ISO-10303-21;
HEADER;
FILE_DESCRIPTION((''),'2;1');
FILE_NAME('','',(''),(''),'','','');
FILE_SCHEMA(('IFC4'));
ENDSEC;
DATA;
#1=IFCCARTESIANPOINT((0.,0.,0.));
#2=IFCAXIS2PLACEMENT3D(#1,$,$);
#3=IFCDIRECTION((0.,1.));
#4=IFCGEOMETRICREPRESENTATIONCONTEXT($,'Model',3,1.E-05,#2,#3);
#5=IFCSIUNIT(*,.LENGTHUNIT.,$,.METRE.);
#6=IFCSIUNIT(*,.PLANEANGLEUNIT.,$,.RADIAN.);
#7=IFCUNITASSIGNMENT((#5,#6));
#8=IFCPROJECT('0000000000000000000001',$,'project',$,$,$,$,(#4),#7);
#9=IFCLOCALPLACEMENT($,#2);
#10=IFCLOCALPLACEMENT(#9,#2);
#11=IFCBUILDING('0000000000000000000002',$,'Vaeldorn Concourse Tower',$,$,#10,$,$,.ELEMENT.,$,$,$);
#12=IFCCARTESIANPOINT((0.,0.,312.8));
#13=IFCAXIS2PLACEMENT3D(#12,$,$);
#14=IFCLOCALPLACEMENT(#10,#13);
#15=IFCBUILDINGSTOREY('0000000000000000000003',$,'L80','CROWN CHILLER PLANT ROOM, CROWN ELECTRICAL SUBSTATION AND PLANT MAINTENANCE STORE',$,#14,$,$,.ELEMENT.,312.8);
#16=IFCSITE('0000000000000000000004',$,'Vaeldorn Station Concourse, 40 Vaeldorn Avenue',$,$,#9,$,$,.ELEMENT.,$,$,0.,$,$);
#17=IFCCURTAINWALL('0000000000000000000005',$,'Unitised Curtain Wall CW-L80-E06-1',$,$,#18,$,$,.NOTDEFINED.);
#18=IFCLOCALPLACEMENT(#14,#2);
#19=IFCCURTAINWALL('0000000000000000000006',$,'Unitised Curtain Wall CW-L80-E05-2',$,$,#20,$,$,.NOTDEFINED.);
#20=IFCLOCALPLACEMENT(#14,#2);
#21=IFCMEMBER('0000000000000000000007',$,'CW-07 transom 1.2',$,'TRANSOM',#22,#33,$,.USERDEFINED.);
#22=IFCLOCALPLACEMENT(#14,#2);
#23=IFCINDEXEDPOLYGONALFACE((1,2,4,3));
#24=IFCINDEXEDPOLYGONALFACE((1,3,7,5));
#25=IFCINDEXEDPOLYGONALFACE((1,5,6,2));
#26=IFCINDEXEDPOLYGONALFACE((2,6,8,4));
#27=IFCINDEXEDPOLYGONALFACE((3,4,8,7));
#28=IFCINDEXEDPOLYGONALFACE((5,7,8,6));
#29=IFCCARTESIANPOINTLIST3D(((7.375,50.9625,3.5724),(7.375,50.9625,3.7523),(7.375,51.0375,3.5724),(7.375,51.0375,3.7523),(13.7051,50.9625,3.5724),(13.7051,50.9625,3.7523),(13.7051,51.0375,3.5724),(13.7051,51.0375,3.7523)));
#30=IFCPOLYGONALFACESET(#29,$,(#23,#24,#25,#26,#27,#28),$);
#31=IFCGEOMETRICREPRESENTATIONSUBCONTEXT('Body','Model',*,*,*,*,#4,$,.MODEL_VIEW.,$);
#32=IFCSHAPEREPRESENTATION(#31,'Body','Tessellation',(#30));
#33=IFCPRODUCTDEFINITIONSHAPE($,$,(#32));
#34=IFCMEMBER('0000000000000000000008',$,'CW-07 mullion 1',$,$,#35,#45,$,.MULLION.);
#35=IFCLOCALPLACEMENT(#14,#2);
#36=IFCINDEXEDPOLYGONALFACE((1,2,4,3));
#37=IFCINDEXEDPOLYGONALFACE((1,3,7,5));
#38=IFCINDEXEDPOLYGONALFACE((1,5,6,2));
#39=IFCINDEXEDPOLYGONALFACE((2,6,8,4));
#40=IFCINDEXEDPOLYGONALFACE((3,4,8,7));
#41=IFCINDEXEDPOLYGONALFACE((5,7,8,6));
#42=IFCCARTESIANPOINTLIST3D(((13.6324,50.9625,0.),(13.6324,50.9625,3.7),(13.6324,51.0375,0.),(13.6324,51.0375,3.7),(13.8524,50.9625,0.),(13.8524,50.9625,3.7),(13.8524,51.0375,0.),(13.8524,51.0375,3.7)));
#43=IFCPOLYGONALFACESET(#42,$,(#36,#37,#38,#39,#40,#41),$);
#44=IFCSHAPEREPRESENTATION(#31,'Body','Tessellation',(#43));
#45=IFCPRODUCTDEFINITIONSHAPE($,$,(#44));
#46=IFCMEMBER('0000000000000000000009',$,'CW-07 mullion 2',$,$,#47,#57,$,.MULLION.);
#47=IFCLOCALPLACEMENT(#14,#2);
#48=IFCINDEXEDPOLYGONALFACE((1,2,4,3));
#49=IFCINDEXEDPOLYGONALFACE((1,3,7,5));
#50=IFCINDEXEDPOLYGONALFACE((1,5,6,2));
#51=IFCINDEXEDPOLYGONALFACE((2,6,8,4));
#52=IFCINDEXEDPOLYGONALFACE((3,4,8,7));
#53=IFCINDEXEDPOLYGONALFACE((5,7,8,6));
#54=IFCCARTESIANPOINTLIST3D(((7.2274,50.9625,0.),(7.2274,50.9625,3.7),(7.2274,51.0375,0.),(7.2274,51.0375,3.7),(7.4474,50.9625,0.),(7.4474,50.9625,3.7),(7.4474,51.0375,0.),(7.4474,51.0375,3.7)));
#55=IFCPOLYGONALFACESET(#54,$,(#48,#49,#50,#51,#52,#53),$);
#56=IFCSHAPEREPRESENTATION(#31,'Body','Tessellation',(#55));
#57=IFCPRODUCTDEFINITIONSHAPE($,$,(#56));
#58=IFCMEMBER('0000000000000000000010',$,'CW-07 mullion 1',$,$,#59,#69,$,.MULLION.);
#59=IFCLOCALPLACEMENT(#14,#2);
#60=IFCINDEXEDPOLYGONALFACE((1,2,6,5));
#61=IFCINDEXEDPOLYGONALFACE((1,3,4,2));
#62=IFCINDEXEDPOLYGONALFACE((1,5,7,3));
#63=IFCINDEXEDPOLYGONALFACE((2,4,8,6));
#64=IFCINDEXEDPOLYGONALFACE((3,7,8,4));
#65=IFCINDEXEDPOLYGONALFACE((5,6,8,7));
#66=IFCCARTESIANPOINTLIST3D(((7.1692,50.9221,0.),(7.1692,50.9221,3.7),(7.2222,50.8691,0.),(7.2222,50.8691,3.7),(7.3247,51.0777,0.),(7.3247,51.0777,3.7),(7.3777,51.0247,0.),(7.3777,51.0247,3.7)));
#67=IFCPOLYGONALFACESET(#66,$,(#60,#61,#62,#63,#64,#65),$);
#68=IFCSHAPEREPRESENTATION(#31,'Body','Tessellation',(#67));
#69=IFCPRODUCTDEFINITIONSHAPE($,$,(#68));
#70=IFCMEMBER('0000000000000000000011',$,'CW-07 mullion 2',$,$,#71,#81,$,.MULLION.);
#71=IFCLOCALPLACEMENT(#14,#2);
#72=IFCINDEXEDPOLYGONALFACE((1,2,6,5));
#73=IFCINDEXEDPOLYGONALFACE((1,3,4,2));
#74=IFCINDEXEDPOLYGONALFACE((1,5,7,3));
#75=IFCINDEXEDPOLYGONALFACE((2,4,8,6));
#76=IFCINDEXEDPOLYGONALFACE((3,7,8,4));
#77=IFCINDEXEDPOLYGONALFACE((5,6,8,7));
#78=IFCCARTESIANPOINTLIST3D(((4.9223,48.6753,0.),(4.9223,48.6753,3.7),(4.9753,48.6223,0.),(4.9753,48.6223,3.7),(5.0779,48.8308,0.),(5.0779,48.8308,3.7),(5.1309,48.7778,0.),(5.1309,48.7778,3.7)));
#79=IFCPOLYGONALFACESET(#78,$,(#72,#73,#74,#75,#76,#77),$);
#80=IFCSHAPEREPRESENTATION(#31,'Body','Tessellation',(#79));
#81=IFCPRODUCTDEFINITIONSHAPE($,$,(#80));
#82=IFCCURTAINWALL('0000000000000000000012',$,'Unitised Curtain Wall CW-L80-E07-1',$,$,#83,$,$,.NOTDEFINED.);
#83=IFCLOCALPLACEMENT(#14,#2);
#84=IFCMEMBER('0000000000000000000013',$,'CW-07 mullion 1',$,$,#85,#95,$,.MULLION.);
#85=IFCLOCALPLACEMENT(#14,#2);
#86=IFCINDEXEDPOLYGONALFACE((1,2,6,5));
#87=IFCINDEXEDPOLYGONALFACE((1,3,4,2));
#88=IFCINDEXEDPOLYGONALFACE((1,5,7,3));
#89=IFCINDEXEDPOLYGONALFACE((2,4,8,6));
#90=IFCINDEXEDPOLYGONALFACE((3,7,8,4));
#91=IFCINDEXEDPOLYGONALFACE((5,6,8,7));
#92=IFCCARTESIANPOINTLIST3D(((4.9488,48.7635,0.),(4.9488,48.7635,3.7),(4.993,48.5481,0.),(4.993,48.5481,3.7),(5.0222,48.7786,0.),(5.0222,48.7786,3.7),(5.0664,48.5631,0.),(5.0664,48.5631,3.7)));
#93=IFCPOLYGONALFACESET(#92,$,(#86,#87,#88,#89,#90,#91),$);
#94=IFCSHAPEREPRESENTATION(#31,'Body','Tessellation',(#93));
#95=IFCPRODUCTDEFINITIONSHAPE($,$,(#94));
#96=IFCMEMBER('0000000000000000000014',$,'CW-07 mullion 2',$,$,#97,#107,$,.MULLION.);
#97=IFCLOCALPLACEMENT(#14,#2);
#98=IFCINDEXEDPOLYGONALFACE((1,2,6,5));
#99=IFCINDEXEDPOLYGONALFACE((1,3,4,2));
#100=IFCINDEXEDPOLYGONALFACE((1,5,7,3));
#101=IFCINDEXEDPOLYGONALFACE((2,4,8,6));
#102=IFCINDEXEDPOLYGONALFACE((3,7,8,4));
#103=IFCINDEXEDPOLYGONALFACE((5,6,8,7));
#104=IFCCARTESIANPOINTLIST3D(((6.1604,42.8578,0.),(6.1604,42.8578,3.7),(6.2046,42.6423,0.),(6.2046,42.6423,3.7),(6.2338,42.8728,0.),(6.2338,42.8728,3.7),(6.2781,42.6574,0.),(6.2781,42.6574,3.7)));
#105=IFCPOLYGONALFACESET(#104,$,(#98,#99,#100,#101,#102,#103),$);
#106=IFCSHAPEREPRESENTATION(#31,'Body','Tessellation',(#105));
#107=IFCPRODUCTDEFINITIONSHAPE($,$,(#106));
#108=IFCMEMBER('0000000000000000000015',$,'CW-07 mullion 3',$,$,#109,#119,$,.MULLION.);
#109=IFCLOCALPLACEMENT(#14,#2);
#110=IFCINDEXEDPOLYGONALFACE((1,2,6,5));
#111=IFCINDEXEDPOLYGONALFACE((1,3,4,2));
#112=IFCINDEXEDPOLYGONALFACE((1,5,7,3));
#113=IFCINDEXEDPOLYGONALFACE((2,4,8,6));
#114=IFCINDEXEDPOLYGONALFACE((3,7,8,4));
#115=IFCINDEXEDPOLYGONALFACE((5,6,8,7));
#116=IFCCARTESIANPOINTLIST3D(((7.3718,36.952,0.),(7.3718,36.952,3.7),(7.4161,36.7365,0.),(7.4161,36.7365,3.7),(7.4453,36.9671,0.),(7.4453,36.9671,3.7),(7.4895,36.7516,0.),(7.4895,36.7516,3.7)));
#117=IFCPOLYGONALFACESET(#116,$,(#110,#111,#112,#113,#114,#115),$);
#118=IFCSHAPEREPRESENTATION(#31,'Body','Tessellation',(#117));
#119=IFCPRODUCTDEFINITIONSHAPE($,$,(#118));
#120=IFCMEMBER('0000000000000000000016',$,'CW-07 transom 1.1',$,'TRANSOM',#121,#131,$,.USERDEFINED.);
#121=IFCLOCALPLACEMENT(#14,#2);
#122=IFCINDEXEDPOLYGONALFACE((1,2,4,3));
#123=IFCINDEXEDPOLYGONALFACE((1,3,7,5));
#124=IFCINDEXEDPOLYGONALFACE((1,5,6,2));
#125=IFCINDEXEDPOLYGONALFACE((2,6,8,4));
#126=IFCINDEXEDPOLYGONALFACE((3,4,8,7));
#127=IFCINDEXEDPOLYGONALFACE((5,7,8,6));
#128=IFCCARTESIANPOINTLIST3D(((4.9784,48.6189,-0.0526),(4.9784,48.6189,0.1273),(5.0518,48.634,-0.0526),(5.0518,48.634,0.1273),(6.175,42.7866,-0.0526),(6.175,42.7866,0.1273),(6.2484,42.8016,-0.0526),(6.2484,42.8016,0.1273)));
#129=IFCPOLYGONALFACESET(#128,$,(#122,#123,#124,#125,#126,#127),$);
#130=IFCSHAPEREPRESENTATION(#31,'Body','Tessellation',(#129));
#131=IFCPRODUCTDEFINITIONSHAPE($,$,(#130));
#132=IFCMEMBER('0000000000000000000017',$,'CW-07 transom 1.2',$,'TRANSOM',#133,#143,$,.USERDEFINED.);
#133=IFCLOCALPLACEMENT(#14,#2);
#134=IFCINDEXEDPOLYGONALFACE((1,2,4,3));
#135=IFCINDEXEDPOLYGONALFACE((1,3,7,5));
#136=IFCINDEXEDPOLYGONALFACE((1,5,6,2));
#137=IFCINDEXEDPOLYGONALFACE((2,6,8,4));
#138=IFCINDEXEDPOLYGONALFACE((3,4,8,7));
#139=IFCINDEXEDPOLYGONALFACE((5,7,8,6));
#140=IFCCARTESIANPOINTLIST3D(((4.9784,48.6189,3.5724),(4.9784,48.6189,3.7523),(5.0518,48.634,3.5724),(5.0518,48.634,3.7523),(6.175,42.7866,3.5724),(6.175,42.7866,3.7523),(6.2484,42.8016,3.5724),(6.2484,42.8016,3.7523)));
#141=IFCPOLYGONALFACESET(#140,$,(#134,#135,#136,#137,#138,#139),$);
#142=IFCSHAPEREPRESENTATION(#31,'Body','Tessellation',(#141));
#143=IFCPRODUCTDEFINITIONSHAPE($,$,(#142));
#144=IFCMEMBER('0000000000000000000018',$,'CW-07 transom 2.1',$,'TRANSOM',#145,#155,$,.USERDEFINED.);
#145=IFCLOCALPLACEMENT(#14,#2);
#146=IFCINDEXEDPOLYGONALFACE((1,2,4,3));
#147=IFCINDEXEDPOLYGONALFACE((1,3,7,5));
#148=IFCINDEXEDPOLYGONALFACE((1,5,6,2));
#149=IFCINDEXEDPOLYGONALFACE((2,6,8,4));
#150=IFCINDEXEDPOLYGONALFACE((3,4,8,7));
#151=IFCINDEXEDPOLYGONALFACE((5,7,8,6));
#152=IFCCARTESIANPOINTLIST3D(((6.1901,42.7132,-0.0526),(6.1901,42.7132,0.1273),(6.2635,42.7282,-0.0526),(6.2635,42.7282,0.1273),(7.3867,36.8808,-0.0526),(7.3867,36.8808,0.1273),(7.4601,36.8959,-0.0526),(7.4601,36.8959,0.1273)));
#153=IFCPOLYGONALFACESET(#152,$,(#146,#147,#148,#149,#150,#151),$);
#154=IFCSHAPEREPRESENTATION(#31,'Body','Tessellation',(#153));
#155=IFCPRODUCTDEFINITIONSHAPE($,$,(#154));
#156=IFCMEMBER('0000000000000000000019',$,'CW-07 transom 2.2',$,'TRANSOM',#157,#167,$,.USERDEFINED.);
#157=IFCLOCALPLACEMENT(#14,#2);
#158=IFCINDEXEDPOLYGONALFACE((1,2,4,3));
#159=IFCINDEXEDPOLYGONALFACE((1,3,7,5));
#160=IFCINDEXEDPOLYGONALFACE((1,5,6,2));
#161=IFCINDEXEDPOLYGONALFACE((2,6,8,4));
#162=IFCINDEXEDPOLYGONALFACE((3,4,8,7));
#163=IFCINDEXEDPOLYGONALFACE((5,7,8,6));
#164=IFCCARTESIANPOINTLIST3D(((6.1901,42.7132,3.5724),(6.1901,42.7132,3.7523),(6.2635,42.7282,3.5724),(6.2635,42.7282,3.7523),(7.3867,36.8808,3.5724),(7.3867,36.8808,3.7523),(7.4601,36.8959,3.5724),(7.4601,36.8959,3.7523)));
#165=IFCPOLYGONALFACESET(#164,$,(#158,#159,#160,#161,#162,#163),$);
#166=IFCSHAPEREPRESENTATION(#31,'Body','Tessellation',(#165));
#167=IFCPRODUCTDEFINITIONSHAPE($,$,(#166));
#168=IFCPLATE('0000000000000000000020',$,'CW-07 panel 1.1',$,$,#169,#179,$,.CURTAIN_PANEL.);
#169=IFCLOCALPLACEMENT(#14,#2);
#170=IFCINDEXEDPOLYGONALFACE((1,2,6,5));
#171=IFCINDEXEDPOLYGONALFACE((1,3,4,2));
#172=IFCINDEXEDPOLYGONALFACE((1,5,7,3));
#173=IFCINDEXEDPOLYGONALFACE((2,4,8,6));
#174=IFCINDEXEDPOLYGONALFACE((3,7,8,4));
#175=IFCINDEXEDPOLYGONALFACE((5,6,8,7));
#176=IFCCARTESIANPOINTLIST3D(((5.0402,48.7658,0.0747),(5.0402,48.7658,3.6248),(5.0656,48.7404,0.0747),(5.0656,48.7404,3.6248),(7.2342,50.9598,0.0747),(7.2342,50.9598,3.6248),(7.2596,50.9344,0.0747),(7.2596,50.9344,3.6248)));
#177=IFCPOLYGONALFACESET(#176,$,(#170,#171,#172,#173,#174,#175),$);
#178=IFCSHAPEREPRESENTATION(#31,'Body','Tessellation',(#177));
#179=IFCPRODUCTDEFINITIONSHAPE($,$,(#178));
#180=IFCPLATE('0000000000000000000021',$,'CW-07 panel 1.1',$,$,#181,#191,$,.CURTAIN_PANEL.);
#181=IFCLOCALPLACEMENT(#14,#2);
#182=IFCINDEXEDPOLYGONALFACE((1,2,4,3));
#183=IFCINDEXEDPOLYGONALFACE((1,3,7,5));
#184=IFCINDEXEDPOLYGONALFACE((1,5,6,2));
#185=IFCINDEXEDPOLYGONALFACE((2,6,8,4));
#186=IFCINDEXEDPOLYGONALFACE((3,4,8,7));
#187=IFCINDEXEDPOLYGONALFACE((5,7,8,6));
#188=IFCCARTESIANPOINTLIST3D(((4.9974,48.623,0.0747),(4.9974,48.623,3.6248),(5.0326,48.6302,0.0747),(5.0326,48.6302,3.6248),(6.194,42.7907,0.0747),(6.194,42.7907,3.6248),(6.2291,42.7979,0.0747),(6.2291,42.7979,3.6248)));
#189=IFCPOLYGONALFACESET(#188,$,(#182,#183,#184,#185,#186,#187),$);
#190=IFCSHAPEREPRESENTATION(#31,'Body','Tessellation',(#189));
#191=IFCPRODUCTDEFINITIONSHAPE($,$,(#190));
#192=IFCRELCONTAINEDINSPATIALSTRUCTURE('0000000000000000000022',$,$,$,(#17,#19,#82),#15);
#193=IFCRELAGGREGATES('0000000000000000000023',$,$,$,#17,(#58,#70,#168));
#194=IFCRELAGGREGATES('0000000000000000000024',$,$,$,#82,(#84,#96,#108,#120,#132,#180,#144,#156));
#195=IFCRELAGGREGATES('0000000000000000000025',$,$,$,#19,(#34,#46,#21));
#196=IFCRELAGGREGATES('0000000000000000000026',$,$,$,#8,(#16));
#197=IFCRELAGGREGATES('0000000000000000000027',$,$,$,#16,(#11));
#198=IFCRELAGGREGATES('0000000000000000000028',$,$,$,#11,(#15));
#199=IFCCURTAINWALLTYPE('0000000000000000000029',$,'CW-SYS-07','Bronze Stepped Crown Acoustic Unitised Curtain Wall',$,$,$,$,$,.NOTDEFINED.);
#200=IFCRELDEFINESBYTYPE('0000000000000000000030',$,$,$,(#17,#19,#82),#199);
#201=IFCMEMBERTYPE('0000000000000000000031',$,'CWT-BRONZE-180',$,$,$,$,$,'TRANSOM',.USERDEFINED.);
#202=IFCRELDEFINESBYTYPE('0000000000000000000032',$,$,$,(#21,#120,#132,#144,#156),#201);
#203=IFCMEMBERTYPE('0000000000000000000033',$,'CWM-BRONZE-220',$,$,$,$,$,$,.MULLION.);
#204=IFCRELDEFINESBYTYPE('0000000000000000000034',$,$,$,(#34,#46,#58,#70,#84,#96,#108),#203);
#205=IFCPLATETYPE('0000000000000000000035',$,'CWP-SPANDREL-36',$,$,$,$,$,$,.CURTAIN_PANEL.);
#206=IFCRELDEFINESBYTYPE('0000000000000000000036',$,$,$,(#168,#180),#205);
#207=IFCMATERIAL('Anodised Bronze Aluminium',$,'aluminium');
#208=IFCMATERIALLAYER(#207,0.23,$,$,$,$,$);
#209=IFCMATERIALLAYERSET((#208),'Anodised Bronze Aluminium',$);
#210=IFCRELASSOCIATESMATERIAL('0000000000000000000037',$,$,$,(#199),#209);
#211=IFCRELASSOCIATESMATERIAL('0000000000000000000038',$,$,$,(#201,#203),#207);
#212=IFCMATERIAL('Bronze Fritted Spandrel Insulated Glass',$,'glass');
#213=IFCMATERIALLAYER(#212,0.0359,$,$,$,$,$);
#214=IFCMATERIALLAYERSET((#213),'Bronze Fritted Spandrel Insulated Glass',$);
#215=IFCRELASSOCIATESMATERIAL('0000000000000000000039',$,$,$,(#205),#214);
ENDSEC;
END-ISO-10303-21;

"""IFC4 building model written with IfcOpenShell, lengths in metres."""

from ifc_helpers import new_model, si_unit, direction, frame, origin, origin_2d, place, context, subcontext, project, spatial, rectangle, extrude, source, transform, mapped, material, layer, layer_set, material_profile, profile_set, type_object, element, aggregate, save


model = new_model("IFC4")

# Units and contexts
model_context = context("Model", 3, precision=1e-05, world=origin(), true_north=direction((0.0, 1.0)))
body_context = subcontext(model_context, "Body", "Model", "MODEL_VIEW")
ifc_project = project(units=[si_unit("LENGTHUNIT", "METRE"), si_unit("PLANEANGLEUNIT", "RADIAN")], contexts=[model_context])

# Site, building, storey
site_placement = place(None, origin())
site = spatial("IfcSite", under=ifc_project, at=site_placement, Name="Vaeldorn Station Concourse, 40 Vaeldorn Avenue", CompositionType="ELEMENT", RefElevation=0.0)
building_placement = place(site_placement, origin())
building = spatial("IfcBuilding", under=site, at=building_placement, Name="Vaeldorn Concourse Tower", CompositionType="ELEMENT")
storey_placement = place(building_placement, frame((0.0, 0.0, 312.8)))
storey = spatial("IfcBuildingStorey", under=building, at=storey_placement, Name="L80", Description="CROWN CHILLER PLANT ROOM, CROWN ELECTRICAL SUBSTATION AND PLANT MAINTENANCE STORE", CompositionType="ELEMENT", Elevation=312.8)

# Curtain walls, members
ifc_material_1 = material(Name="Anodised Bronze Aluminium", Category="aluminium")
ifc_layer_1 = layer(ifc_material_1, 0.23)
ifc_layer_set_1 = layer_set([ifc_layer_1], Name="Anodised Bronze Aluminium")
curtain_wall_type = type_object("IfcCurtainWallType", Name="CW-SYS-07", Description="Bronze Stepped Crown Acoustic Unitised Curtain Wall", PredefinedType="NOTDEFINED", material=ifc_layer_set_1)
curtain_wall_1_placement = place(storey_placement, origin())
curtain_wall_1 = element("IfcCurtainWall", 1, at=curtain_wall_1_placement, inside=storey, type_object=curtain_wall_type, Name="Unitised Curtain Wall CW-L80-E06-1", PredefinedType="NOTDEFINED")
ifc_material_profile_1 = material_profile(ifc_material_1, rectangle(XDim=0.075, YDim=0.1799, at=origin_2d()), Name="CWT 75x180")
ifc_profile_set_1 = profile_set([ifc_material_profile_1], Name="Anodised Bronze Aluminium")
member_type_1 = type_object("IfcMemberType", Name="CWT-BRONZE-180", ElementType="TRANSOM", PredefinedType="USERDEFINED", material=ifc_profile_set_1)
curtain_wall_2_placement = place(storey_placement, origin())
curtain_wall_2 = element("IfcCurtainWall", 2, at=curtain_wall_2_placement, inside=storey, type_object=curtain_wall_type, Name="Unitised Curtain Wall CW-L80-E05-2", PredefinedType="NOTDEFINED")
shared_shape_1 = source(origin(), body_context, "Body", "SweptSolid", [
    extrude(rectangle(XDim=0.075, YDim=0.1799, at=origin_2d()), origin(), (0.0, 0.0, 1.0), 6.3301),
])
member_1_placement = place(storey_placement, frame((13.7051, 51.0, 3.6624), z_axis=(-1.0, 0.0, 0.0), x_axis=(0.0, -1.0, 0.0)))
member_1 = element("IfcMember", 3, at=member_1_placement, type_object=member_type_1, Name="CW-07 transom 1.2", ObjectType="TRANSOM", PredefinedType="USERDEFINED", context=body_context, shape_type="MappedRepresentation", body=[
    mapped(shared_shape_1, transform((0.0, 0.0, 0.0), scale=1.0)),
])
ifc_material_profile_2 = material_profile(ifc_material_1, rectangle(XDim=0.075, YDim=0.22, at=origin_2d()), Name="CWM 75x220")
ifc_profile_set_2 = profile_set([ifc_material_profile_2], Name="Anodised Bronze Aluminium")
member_type_2 = type_object("IfcMemberType", Name="CWM-BRONZE-220", PredefinedType="MULLION", material=ifc_profile_set_2)
shared_shape_2 = source(origin(), body_context, "Body", "SweptSolid", [
    extrude(rectangle(XDim=0.075, YDim=0.22, at=origin_2d()), origin(), (0.0, 0.0, 1.0), 3.7),
])
member_2_placement = place(storey_placement, frame((13.7424, 51.0, 0.0), z_axis=(0.0, 0.0, 1.0), x_axis=(0.0, -1.0, 0.0)))
member_2 = element("IfcMember", 4, at=member_2_placement, type_object=member_type_2, Name="CW-07 mullion 1", PredefinedType="MULLION", context=body_context, shape_type="MappedRepresentation", body=[
    mapped(shared_shape_2, transform((0.0, 0.0, 0.0), scale=1.0)),
])
member_3_placement = place(storey_placement, frame((7.3374, 51.0, 0.0), z_axis=(0.0, 0.0, 1.0), x_axis=(0.0, -1.0, 0.0)))
member_3 = element("IfcMember", 5, at=member_3_placement, type_object=member_type_2, Name="CW-07 mullion 2", PredefinedType="MULLION", context=body_context, shape_type="MappedRepresentation", body=[
    mapped(shared_shape_2, transform((0.0, 0.0, 0.0), scale=1.0)),
])

# Members
member_4_placement = place(storey_placement, frame((7.2734, 50.9734, 0.0), z_axis=(0.0, 0.0, 1.0), x_axis=(0.707107, -0.707107, 0.0)))
member_4 = element("IfcMember", 6, at=member_4_placement, type_object=member_type_2, Name="CW-07 mullion 1", PredefinedType="MULLION", context=body_context, shape_type="MappedRepresentation", body=[
    mapped(shared_shape_2, transform((0.0, 0.0, 0.0), scale=1.0)),
])
member_5_placement = place(storey_placement, frame((5.0266, 48.7266, 0.0), z_axis=(0.0, 0.0, 1.0), x_axis=(0.707107, -0.707107, 0.0)))
member_5 = element("IfcMember", 7, at=member_5_placement, type_object=member_type_2, Name="CW-07 mullion 2", PredefinedType="MULLION", context=body_context, shape_type="MappedRepresentation", body=[
    mapped(shared_shape_2, transform((0.0, 0.0, 0.0), scale=1.0)),
])

# Curtain wall, members
curtain_wall_3_placement = place(storey_placement, origin())
curtain_wall_3 = element("IfcCurtainWall", 8, at=curtain_wall_3_placement, inside=storey, type_object=curtain_wall_type, Name="Unitised Curtain Wall CW-L80-E07-1", PredefinedType="NOTDEFINED")
member_6_placement = place(storey_placement, frame((5.0076, 48.6633, 0.0), z_axis=(0.0, 0.0, 1.0), x_axis=(0.979597, 0.200972, 0.0)))
member_6 = element("IfcMember", 9, at=member_6_placement, type_object=member_type_2, Name="CW-07 mullion 1", PredefinedType="MULLION", context=body_context, shape_type="MappedRepresentation", body=[
    mapped(shared_shape_2, transform((0.0, 0.0, 0.0), scale=1.0)),
])
member_7_placement = place(storey_placement, frame((6.2192, 42.7576, 0.0), z_axis=(0.0, 0.0, 1.0), x_axis=(0.979597, 0.200972, 0.0)))
member_7 = element("IfcMember", 10, at=member_7_placement, type_object=member_type_2, Name="CW-07 mullion 2", PredefinedType="MULLION", context=body_context, shape_type="MappedRepresentation", body=[
    mapped(shared_shape_2, transform((0.0, 0.0, 0.0), scale=1.0)),
])
member_8_placement = place(storey_placement, frame((7.4307, 36.8518, 0.0), z_axis=(0.0, 0.0, 1.0), x_axis=(0.979597, 0.200972, 0.0)))
member_8 = element("IfcMember", 11, at=member_8_placement, type_object=member_type_2, Name="CW-07 mullion 3", PredefinedType="MULLION", context=body_context, shape_type="MappedRepresentation", body=[
    mapped(shared_shape_2, transform((0.0, 0.0, 0.0), scale=1.0)),
])
shared_shape_3 = source(origin(), body_context, "Body", "SweptSolid", [
    extrude(rectangle(XDim=0.075, YDim=0.1799, at=origin_2d()), origin(), (0.0, 0.0, 1.0), 5.9539),
])
member_9_placement = place(storey_placement, frame((5.0151, 48.6265, 0.0374), z_axis=(0.200971, -0.979597, 0.0), x_axis=(0.979597, 0.200971, 0.0)))
member_9 = element("IfcMember", 12, at=member_9_placement, type_object=member_type_1, Name="CW-07 transom 1.1", ObjectType="TRANSOM", PredefinedType="USERDEFINED", context=body_context, shape_type="MappedRepresentation", body=[
    mapped(shared_shape_3, transform((0.0, 0.0, 0.0), scale=1.0)),
])
member_10_placement = place(storey_placement, frame((5.0151, 48.6265, 3.6624), z_axis=(0.200971, -0.979597, 0.0), x_axis=(0.979597, 0.200971, 0.0)))
member_10 = element("IfcMember", 13, at=member_10_placement, type_object=member_type_1, Name="CW-07 transom 1.2", ObjectType="TRANSOM", PredefinedType="USERDEFINED", context=body_context, shape_type="MappedRepresentation", body=[
    mapped(shared_shape_3, transform((0.0, 0.0, 0.0), scale=1.0)),
])
member_11_placement = place(storey_placement, frame((6.2268, 42.7207, 0.0374), z_axis=(0.200971, -0.979597, 0.0), x_axis=(0.979597, 0.200971, 0.0)))
member_11 = element("IfcMember", 14, at=member_11_placement, type_object=member_type_1, Name="CW-07 transom 2.1", ObjectType="TRANSOM", PredefinedType="USERDEFINED", context=body_context, shape_type="MappedRepresentation", body=[
    mapped(shared_shape_3, transform((0.0, 0.0, 0.0), scale=1.0)),
])
member_12_placement = place(storey_placement, frame((6.2268, 42.7207, 3.6624), z_axis=(0.200971, -0.979597, 0.0), x_axis=(0.979597, 0.200971, 0.0)))
member_12 = element("IfcMember", 15, at=member_12_placement, type_object=member_type_1, Name="CW-07 transom 2.2", ObjectType="TRANSOM", PredefinedType="USERDEFINED", context=body_context, shape_type="MappedRepresentation", body=[
    mapped(shared_shape_3, transform((0.0, 0.0, 0.0), scale=1.0)),
])

# Plates
ifc_material_2 = material(Name="Bronze Fritted Spandrel Insulated Glass", Category="glass")
ifc_layer_2 = layer(ifc_material_2, 0.0359)
ifc_layer_set_2 = layer_set([ifc_layer_2], Name="Bronze Fritted Spandrel Insulated Glass")
plate_type = type_object("IfcPlateType", Name="CWP-SPANDREL-36", PredefinedType="CURTAIN_PANEL", material=ifc_layer_set_2)
shared_shape_4 = source(origin(), body_context, "Body", "SweptSolid", [
    extrude(rectangle(XDim=3.1028, YDim=0.0359, at=origin_2d()), origin(), (0.0, 0.0, 1.0), 3.55),
])
plate_1_placement = place(storey_placement, frame((6.1499, 49.8501, 0.0747), z_axis=(0.0, 0.0, 1.0), x_axis=(-0.707107, -0.707107, 0.0)))
plate_1 = element("IfcPlate", 16, at=plate_1_placement, type_object=plate_type, Name="CW-07 panel 1.1", PredefinedType="CURTAIN_PANEL", context=body_context, shape_type="MappedRepresentation", body=[
    mapped(shared_shape_4, transform((0.0, 0.0, 0.0), scale=1.0)),
])
aggregate(curtain_wall_1, [member_4, member_5, plate_1])
shared_shape_5 = source(origin(), body_context, "Body", "SweptSolid", [
    extrude(rectangle(XDim=5.9539, YDim=0.0359, at=origin_2d()), origin(), (0.0, 0.0, 1.0), 3.55),
])
plate_2_placement = place(storey_placement, frame((5.6133, 45.7104, 0.0747), z_axis=(0.0, 0.0, 1.0), x_axis=(0.200972, -0.979597, 0.0)))
plate_2 = element("IfcPlate", 17, at=plate_2_placement, type_object=plate_type, Name="CW-07 panel 1.1", PredefinedType="CURTAIN_PANEL", context=body_context, shape_type="MappedRepresentation", body=[
    mapped(shared_shape_5, transform((0.0, 0.0, 0.0), scale=1.0)),
])
aggregate(curtain_wall_3, [member_6, member_7, member_8, member_9, member_10, plate_2, member_11, member_12])
aggregate(curtain_wall_2, [member_2, member_3, member_1])

save(model, "model.ifc")
